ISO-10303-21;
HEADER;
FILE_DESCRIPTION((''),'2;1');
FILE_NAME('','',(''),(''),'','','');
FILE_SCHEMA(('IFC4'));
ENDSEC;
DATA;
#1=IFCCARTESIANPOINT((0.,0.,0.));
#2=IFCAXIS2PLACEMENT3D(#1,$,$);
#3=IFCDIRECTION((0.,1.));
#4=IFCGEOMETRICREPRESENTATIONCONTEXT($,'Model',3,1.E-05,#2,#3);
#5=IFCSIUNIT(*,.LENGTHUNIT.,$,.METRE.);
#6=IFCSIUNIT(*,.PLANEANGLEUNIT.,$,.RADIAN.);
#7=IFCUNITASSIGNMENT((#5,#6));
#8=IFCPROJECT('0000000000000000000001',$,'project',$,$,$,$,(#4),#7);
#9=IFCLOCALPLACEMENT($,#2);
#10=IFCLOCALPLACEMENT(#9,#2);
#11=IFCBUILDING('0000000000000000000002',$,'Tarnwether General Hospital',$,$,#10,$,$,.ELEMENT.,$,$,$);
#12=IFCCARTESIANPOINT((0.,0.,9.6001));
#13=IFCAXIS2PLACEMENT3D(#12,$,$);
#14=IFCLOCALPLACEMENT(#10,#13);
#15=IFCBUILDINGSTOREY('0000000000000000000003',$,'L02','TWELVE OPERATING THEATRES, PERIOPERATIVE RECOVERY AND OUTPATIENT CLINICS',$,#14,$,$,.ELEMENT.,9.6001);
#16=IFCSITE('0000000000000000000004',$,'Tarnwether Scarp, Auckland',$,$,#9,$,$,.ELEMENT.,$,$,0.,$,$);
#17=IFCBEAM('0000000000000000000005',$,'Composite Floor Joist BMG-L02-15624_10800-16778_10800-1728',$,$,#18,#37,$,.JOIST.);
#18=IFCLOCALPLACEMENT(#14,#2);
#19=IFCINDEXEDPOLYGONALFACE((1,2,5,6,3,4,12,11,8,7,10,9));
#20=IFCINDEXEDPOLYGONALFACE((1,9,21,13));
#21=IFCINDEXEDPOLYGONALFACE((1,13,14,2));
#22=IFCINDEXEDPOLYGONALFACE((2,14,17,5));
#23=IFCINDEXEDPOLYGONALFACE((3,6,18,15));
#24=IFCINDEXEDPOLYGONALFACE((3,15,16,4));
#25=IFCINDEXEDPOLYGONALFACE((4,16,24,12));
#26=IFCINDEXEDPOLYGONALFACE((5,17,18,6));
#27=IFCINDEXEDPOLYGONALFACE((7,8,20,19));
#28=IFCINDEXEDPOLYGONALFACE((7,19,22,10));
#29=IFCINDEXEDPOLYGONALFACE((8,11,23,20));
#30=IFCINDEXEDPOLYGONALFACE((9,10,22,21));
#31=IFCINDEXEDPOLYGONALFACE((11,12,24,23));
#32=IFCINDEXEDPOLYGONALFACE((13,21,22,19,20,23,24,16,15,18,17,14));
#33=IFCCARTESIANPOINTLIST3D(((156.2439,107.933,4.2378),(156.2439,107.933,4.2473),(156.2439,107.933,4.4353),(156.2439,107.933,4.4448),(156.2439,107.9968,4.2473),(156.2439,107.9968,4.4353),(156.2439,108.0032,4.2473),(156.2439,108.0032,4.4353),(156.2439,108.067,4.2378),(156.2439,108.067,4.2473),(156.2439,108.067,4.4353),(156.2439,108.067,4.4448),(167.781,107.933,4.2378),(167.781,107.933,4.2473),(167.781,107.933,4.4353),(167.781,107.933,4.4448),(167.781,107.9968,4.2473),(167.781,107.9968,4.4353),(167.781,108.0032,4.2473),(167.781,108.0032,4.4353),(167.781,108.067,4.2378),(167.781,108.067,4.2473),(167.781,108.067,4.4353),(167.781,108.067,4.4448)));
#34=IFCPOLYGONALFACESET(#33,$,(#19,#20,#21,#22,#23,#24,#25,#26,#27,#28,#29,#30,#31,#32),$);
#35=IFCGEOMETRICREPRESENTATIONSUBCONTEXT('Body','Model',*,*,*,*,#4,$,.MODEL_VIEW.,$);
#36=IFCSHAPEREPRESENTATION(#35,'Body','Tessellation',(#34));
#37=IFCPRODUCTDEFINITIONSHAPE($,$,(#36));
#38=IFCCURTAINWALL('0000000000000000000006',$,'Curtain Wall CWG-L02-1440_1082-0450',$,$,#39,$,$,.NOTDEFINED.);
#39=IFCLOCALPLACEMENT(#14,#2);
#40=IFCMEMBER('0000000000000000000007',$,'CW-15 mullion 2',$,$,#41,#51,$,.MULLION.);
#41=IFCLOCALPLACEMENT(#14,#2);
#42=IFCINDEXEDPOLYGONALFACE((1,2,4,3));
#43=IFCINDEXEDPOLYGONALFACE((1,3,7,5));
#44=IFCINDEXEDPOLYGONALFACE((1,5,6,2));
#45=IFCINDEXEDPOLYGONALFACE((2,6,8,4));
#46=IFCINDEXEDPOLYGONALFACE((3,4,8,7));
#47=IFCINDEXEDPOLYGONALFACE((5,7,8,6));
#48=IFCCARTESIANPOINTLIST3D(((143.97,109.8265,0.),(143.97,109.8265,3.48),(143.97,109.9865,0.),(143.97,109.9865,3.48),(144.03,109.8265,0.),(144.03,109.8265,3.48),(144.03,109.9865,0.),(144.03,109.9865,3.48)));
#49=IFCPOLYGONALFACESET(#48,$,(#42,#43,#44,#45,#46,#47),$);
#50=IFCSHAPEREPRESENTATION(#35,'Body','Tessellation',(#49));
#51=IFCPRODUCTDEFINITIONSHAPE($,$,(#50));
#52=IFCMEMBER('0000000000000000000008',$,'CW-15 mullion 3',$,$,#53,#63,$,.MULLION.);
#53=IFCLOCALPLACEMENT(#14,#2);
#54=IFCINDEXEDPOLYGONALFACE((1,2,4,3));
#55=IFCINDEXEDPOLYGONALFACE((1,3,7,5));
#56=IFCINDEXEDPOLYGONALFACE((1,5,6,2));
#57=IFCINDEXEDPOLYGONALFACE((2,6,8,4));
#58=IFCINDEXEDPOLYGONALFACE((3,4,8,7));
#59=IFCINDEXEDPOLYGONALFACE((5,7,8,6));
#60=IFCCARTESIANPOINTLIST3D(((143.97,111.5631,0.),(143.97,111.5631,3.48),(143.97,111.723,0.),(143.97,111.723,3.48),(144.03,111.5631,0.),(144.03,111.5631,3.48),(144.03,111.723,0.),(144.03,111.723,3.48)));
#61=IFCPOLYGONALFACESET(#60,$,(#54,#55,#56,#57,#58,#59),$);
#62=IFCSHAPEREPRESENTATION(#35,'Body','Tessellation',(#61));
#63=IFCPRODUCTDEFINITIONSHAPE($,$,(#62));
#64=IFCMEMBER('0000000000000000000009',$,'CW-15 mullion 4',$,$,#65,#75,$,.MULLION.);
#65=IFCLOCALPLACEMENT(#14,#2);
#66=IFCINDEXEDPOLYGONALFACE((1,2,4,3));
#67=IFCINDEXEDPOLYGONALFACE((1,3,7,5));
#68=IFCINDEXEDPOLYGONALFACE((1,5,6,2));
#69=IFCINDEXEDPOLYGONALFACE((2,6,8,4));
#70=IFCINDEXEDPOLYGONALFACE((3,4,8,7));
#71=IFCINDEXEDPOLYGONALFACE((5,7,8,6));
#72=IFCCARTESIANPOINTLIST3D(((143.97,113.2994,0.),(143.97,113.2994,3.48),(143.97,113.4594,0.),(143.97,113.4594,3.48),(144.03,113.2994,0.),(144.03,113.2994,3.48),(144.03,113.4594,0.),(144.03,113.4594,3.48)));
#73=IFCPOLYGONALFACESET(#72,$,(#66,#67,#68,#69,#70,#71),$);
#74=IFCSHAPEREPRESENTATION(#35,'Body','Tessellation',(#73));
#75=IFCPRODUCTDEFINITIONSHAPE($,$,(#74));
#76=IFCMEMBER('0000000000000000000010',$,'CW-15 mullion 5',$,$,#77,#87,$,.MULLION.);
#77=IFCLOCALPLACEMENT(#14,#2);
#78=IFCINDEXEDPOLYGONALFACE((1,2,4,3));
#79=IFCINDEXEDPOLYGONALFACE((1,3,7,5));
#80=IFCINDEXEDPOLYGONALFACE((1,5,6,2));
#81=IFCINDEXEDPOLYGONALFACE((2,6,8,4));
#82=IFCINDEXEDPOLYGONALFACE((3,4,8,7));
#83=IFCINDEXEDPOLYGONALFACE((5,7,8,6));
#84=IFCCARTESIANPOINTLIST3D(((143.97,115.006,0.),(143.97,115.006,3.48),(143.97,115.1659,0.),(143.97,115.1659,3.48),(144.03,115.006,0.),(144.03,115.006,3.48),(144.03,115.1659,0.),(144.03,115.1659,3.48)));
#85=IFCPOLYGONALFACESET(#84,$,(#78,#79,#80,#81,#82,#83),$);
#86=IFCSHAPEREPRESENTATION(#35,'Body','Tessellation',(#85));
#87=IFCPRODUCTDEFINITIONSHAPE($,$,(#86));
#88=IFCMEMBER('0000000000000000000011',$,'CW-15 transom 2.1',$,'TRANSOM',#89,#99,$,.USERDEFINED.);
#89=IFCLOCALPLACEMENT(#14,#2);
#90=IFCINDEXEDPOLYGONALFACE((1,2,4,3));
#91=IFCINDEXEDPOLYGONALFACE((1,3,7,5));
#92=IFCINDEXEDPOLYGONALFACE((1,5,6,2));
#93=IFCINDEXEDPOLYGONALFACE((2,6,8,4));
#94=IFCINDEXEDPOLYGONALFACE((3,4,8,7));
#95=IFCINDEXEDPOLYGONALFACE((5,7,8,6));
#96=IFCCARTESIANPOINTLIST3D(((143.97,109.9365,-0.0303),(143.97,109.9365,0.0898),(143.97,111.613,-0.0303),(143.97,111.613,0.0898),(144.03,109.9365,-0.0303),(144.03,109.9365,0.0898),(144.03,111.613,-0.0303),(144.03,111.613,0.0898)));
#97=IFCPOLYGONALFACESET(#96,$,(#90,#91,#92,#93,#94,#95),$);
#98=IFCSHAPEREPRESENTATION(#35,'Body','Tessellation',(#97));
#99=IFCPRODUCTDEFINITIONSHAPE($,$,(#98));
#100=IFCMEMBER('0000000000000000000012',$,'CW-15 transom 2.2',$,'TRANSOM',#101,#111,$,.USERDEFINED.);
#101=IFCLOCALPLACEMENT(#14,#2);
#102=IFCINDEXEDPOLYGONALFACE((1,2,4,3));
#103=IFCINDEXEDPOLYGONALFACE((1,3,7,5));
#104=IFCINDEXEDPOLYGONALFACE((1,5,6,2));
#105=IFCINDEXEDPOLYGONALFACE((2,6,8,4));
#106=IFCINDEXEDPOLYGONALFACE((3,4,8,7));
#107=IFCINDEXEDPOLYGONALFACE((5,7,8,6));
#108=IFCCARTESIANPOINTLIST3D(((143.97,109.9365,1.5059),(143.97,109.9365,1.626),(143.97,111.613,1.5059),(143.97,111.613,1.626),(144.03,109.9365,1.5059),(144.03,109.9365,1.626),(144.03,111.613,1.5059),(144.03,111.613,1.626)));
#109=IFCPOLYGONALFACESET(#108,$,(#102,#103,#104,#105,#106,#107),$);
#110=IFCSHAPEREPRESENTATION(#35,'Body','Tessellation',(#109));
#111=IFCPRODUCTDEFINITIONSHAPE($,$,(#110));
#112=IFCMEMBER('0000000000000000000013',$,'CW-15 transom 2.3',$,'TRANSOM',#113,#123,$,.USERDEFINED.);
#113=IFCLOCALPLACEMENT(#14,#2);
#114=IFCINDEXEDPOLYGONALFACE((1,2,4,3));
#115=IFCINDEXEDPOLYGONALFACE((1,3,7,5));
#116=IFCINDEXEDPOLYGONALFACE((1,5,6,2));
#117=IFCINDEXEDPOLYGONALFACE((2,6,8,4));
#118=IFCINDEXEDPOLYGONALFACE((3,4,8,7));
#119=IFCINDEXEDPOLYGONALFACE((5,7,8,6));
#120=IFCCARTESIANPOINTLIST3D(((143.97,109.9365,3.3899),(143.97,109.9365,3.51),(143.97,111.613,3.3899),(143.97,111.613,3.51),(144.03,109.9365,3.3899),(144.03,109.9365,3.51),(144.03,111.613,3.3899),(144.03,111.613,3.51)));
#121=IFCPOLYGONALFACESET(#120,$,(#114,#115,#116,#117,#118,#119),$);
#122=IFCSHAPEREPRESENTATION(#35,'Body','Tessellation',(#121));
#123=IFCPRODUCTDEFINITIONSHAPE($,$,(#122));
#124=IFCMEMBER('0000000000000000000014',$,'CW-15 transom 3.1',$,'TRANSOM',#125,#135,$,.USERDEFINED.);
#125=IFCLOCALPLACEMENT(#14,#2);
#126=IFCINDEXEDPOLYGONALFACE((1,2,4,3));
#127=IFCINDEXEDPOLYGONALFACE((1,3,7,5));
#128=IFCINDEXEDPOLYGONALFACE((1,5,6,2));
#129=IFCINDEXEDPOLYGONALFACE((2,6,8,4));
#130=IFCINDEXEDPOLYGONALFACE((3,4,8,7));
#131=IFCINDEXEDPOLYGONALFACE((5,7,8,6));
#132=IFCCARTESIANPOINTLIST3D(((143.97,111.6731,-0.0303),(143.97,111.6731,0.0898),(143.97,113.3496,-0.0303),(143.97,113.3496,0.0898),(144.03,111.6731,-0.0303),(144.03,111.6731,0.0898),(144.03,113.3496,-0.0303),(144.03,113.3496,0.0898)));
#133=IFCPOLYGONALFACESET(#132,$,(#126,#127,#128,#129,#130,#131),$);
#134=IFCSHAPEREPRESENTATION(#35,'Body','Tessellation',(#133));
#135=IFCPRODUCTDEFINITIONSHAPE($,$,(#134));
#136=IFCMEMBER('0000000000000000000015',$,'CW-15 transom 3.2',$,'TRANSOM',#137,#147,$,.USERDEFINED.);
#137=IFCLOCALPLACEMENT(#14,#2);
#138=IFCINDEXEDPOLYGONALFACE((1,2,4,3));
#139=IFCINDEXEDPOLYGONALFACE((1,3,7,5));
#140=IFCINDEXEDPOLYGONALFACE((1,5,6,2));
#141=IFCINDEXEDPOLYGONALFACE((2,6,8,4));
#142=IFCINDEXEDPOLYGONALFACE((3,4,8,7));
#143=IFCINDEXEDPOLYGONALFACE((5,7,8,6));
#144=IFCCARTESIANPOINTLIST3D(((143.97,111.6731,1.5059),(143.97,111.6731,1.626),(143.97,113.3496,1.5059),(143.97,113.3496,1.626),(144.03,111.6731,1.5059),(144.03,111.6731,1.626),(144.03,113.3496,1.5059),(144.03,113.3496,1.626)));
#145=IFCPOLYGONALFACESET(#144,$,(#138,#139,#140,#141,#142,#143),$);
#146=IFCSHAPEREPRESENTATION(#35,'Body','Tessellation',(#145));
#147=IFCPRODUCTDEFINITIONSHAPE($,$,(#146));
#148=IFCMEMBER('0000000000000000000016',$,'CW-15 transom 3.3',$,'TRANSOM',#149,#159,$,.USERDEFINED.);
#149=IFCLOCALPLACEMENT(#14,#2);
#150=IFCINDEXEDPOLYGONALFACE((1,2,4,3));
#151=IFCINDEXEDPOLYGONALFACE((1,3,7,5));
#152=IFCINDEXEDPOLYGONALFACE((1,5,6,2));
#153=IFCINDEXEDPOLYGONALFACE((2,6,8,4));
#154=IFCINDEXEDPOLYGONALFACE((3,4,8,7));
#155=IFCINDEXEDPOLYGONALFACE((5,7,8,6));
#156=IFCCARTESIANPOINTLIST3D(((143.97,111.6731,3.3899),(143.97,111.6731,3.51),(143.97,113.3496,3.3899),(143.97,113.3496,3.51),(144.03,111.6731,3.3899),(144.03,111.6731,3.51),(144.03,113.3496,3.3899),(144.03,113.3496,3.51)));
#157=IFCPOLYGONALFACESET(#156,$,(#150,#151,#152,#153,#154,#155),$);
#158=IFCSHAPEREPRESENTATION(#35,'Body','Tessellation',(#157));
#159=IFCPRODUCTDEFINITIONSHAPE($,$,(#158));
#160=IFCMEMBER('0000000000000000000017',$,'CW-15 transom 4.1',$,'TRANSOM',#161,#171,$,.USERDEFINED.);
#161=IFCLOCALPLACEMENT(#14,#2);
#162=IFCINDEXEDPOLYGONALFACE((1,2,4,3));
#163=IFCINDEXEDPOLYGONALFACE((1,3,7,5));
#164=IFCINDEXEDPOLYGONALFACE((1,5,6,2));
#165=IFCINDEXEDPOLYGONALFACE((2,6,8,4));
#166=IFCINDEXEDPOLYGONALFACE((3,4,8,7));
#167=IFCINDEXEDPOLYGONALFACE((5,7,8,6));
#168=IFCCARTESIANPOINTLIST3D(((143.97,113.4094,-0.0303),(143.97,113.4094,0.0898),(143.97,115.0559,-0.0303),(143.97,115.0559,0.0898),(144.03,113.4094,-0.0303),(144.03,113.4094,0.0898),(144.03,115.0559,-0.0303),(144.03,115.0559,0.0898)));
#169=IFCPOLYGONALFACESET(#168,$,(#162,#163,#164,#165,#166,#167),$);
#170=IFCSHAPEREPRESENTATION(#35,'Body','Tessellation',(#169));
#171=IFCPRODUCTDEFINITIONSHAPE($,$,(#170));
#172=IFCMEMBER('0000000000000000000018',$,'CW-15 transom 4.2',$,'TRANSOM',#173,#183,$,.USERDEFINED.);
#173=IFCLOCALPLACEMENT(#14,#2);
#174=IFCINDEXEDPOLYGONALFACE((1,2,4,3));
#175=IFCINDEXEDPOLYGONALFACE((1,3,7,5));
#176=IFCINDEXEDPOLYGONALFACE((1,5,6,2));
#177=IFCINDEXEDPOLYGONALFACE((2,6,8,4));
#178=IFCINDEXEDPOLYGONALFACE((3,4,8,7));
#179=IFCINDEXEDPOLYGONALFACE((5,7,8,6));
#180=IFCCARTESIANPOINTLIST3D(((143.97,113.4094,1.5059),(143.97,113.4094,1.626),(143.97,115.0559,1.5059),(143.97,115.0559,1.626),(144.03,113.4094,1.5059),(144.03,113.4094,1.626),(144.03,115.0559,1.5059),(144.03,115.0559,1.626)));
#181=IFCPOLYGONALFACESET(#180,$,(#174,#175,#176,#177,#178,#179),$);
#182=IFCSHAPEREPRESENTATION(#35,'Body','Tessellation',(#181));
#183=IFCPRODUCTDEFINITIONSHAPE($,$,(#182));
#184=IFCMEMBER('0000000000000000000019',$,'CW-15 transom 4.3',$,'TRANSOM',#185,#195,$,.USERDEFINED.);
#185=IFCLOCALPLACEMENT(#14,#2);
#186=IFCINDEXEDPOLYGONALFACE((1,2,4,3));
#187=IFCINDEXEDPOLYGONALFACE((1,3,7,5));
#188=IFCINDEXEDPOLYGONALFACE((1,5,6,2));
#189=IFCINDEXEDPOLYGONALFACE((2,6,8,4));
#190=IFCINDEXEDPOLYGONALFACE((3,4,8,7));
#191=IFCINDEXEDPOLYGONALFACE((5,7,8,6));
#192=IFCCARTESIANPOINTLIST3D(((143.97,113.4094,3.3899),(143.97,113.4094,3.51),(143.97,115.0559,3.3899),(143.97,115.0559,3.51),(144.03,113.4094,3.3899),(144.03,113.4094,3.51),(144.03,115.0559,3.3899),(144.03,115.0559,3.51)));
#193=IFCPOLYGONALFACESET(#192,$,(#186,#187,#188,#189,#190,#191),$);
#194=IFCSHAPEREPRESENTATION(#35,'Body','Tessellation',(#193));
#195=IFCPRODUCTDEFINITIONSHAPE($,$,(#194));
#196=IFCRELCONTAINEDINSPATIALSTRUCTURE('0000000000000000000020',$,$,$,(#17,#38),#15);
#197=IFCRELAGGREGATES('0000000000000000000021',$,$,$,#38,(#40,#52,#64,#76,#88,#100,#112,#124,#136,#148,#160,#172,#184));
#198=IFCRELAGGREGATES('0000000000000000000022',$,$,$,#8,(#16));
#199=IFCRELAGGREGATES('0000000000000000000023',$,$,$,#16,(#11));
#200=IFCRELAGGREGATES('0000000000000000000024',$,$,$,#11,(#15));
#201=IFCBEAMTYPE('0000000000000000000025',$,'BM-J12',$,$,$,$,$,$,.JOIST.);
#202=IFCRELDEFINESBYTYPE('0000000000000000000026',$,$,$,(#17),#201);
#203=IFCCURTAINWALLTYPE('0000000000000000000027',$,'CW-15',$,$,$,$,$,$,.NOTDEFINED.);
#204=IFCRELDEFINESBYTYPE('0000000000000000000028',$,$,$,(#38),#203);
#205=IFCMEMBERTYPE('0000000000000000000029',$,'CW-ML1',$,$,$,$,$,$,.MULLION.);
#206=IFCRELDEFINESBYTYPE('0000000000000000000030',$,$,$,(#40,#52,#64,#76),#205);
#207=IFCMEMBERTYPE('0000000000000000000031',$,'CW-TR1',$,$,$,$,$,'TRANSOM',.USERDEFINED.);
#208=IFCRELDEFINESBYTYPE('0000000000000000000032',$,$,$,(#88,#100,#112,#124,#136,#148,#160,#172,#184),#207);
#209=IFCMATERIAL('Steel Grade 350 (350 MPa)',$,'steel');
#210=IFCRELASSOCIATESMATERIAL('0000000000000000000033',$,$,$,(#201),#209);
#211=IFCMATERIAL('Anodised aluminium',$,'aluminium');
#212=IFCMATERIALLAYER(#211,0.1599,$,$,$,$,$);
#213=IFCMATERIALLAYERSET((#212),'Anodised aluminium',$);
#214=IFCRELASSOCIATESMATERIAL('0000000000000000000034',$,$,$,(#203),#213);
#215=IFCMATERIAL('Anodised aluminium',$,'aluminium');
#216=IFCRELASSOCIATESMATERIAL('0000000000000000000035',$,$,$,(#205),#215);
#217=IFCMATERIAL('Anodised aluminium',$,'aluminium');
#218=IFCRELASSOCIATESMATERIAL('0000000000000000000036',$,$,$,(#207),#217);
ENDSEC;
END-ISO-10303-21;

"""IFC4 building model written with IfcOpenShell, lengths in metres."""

from ifc_helpers import new_model, si_unit, direction, frame, origin, origin_2d, place, context, subcontext, project, spatial, rectangle, i_section, extrude, material, layer, layer_set, material_profile, profile_set, type_object, element, aggregate, save


model = new_model("IFC4")

# Units and contexts
model_context = context("Model", 3, precision=1e-05, world=origin(), true_north=direction((0.0, 1.0)))
body_context = subcontext(model_context, "Body", "Model", "MODEL_VIEW")
ifc_project = project(units=[si_unit("LENGTHUNIT", "METRE"), si_unit("PLANEANGLEUNIT", "RADIAN")], contexts=[model_context])

# Site, building, storey
site_placement = place(None, origin())
site = spatial("IfcSite", under=ifc_project, at=site_placement, Name="Tarnwether Scarp, Auckland", CompositionType="ELEMENT", RefElevation=0.0)
building_placement = place(site_placement, origin())
building = spatial("IfcBuilding", under=site, at=building_placement, Name="Tarnwether General Hospital", CompositionType="ELEMENT")
storey_placement = place(building_placement, frame((0.0, 0.0, 9.6001)))
storey = spatial("IfcBuildingStorey", under=building, at=storey_placement, Name="L02", Description="TWELVE OPERATING THEATRES, PERIOPERATIVE RECOVERY AND OUTPATIENT CLINICS", CompositionType="ELEMENT", Elevation=9.6001)

# Beam
ifc_material_1 = material(Name="Steel Grade 350 (350 MPa)", Category="steel")
ifc_material_profile_1 = material_profile(ifc_material_1, i_section(OverallWidth=0.134, OverallDepth=0.207, WebThickness=0.0063, FlangeThickness=0.0095, at=origin_2d()), Name="200UB29.8")
ifc_profile_set_1 = profile_set([ifc_material_profile_1], Name="Steel Grade 350 (350 MPa)")
beam_type_1 = type_object("IfcBeamType", Name="BM-J12", PredefinedType="JOIST", material=ifc_profile_set_1)
beam_1_placement = place(storey_placement, frame((156.2439, 108.0, 4.3413), z_axis=(1.0, 0.0, 0.0), x_axis=(0.0, 1.0, 0.0)))
element("IfcBeam", 1, at=beam_1_placement, inside=storey, type_object=beam_type_1, Name="Composite Floor Joist BMG-L02-15624_10800-16778_10800-1728", PredefinedType="JOIST", context=body_context, shape_type="SweptSolid", body=[
    extrude(i_section(OverallWidth=0.134, OverallDepth=0.207, WebThickness=0.0063, FlangeThickness=0.0095, at=origin_2d()), origin(), (0.0, 0.0, 1.0), 11.5371),
])

# Curtain wall, members
ifc_material_2 = material(Name="Anodised aluminium", Category="aluminium")
ifc_layer_1 = layer(ifc_material_2, 0.1599)
ifc_layer_set_1 = layer_set([ifc_layer_1], Name="Anodised aluminium")
curtain_wall_type = type_object("IfcCurtainWallType", Name="CW-15", PredefinedType="NOTDEFINED", material=ifc_layer_set_1)
curtain_wall_placement = place(storey_placement, origin())
curtain_wall = element("IfcCurtainWall", 2, at=curtain_wall_placement, inside=storey, type_object=curtain_wall_type, Name="Curtain Wall CWG-L02-1440_1082-0450", PredefinedType="NOTDEFINED")
ifc_material_3 = material(Name="Anodised aluminium", Category="aluminium")
ifc_material_profile_2 = material_profile(ifc_material_3, rectangle(XDim=0.0601, YDim=0.1599, at=origin_2d()), Name="ALU-MUL-60x160")
ifc_profile_set_2 = profile_set([ifc_material_profile_2], Name="Anodised aluminium")
member_type_1 = type_object("IfcMemberType", Name="CW-ML1", PredefinedType="MULLION", material=ifc_profile_set_2)
member_1_placement = place(storey_placement, frame((144.0, 109.9065, 0.0), z_axis=(0.0, 0.0, 1.0), x_axis=(-1.0, 0.0, 0.0)))
member_1 = element("IfcMember", 3, at=member_1_placement, type_object=member_type_1, Name="CW-15 mullion 2", PredefinedType="MULLION", context=body_context, shape_type="SweptSolid", body=[
    extrude(rectangle(XDim=0.0601, YDim=0.1599, at=origin_2d()), origin(), (0.0, 0.0, 1.0), 3.48),
])
member_2_placement = place(storey_placement, frame((144.0, 111.6431, 0.0), z_axis=(0.0, 0.0, 1.0), x_axis=(-1.0, 0.0, 0.0)))
member_2 = element("IfcMember", 4, at=member_2_placement, type_object=member_type_1, Name="CW-15 mullion 3", PredefinedType="MULLION", context=body_context, shape_type="SweptSolid", body=[
    extrude(rectangle(XDim=0.0601, YDim=0.1599, at=origin_2d()), origin(), (0.0, 0.0, 1.0), 3.48),
])
member_3_placement = place(storey_placement, frame((144.0, 113.3794, 0.0), z_axis=(0.0, 0.0, 1.0), x_axis=(-1.0, 0.0, 0.0)))
member_3 = element("IfcMember", 5, at=member_3_placement, type_object=member_type_1, Name="CW-15 mullion 4", PredefinedType="MULLION", context=body_context, shape_type="SweptSolid", body=[
    extrude(rectangle(XDim=0.0601, YDim=0.1599, at=origin_2d()), origin(), (0.0, 0.0, 1.0), 3.48),
])
member_4_placement = place(storey_placement, frame((144.0, 115.0859, 0.0), z_axis=(0.0, 0.0, 1.0), x_axis=(-1.0, 0.0, 0.0)))
member_4 = element("IfcMember", 6, at=member_4_placement, type_object=member_type_1, Name="CW-15 mullion 5", PredefinedType="MULLION", context=body_context, shape_type="SweptSolid", body=[
    extrude(rectangle(XDim=0.0601, YDim=0.1599, at=origin_2d()), origin(), (0.0, 0.0, 1.0), 3.48),
])
ifc_material_4 = material(Name="Anodised aluminium", Category="aluminium")
ifc_material_profile_3 = material_profile(ifc_material_4, rectangle(XDim=0.0601, YDim=0.1201, at=origin_2d()), Name="ALU-TRN-60x120")
ifc_profile_set_3 = profile_set([ifc_material_profile_3], Name="Anodised aluminium")
member_type_2 = type_object("IfcMemberType", Name="CW-TR1", ElementType="TRANSOM", PredefinedType="USERDEFINED", material=ifc_profile_set_3)
member_5_placement = place(storey_placement, frame((144.0, 109.9365, 0.0298), z_axis=(0.0, 1.0, 0.0), x_axis=(-1.0, 0.0, 0.0)))
member_5 = element("IfcMember", 7, at=member_5_placement, type_object=member_type_2, Name="CW-15 transom 2.1", ObjectType="TRANSOM", PredefinedType="USERDEFINED", context=body_context, shape_type="SweptSolid", body=[
    extrude(rectangle(XDim=0.0601, YDim=0.1201, at=origin_2d()), origin(), (0.0, 0.0, 1.0), 1.6765),
])
member_6_placement = place(storey_placement, frame((144.0, 109.9365, 1.5659), z_axis=(0.0, 1.0, 0.0), x_axis=(-1.0, 0.0, 0.0)))
member_6 = element("IfcMember", 8, at=member_6_placement, type_object=member_type_2, Name="CW-15 transom 2.2", ObjectType="TRANSOM", PredefinedType="USERDEFINED", context=body_context, shape_type="SweptSolid", body=[
    extrude(rectangle(XDim=0.0601, YDim=0.1201, at=origin_2d()), origin(), (0.0, 0.0, 1.0), 1.6765),
])
member_7_placement = place(storey_placement, frame((144.0, 109.9365, 3.45), z_axis=(0.0, 1.0, 0.0), x_axis=(-1.0, 0.0, 0.0)))
member_7 = element("IfcMember", 9, at=member_7_placement, type_object=member_type_2, Name="CW-15 transom 2.3", ObjectType="TRANSOM", PredefinedType="USERDEFINED", context=body_context, shape_type="SweptSolid", body=[
    extrude(rectangle(XDim=0.0601, YDim=0.1201, at=origin_2d()), origin(), (0.0, 0.0, 1.0), 1.6765),
])
member_8_placement = place(storey_placement, frame((144.0, 111.6731, 0.0298), z_axis=(0.0, 1.0, 0.0), x_axis=(-1.0, 0.0, 0.0)))
member_8 = element("IfcMember", 10, at=member_8_placement, type_object=member_type_2, Name="CW-15 transom 3.1", ObjectType="TRANSOM", PredefinedType="USERDEFINED", context=body_context, shape_type="SweptSolid", body=[
    extrude(rectangle(XDim=0.0601, YDim=0.1201, at=origin_2d()), origin(), (0.0, 0.0, 1.0), 1.6765),
])
member_9_placement = place(storey_placement, frame((144.0, 111.6731, 1.5659), z_axis=(0.0, 1.0, 0.0), x_axis=(-1.0, 0.0, 0.0)))
member_9 = element("IfcMember", 11, at=member_9_placement, type_object=member_type_2, Name="CW-15 transom 3.2", ObjectType="TRANSOM", PredefinedType="USERDEFINED", context=body_context, shape_type="SweptSolid", body=[
    extrude(rectangle(XDim=0.0601, YDim=0.1201, at=origin_2d()), origin(), (0.0, 0.0, 1.0), 1.6765),
])
member_10_placement = place(storey_placement, frame((144.0, 111.6731, 3.45), z_axis=(0.0, 1.0, 0.0), x_axis=(-1.0, 0.0, 0.0)))
member_10 = element("IfcMember", 12, at=member_10_placement, type_object=member_type_2, Name="CW-15 transom 3.3", ObjectType="TRANSOM", PredefinedType="USERDEFINED", context=body_context, shape_type="SweptSolid", body=[
    extrude(rectangle(XDim=0.0601, YDim=0.1201, at=origin_2d()), origin(), (0.0, 0.0, 1.0), 1.6765),
])
member_11_placement = place(storey_placement, frame((144.0, 113.4094, 0.0298), z_axis=(0.0, 1.0, 0.0), x_axis=(-1.0, 0.0, 0.0)))
member_11 = element("IfcMember", 13, at=member_11_placement, type_object=member_type_2, Name="CW-15 transom 4.1", ObjectType="TRANSOM", PredefinedType="USERDEFINED", context=body_context, shape_type="SweptSolid", body=[
    extrude(rectangle(XDim=0.0601, YDim=0.1201, at=origin_2d()), origin(), (0.0, 0.0, 1.0), 1.6465),
])
member_12_placement = place(storey_placement, frame((144.0, 113.4094, 1.5659), z_axis=(0.0, 1.0, 0.0), x_axis=(-1.0, 0.0, 0.0)))
member_12 = element("IfcMember", 14, at=member_12_placement, type_object=member_type_2, Name="CW-15 transom 4.2", ObjectType="TRANSOM", PredefinedType="USERDEFINED", context=body_context, shape_type="SweptSolid", body=[
    extrude(rectangle(XDim=0.0601, YDim=0.1201, at=origin_2d()), origin(), (0.0, 0.0, 1.0), 1.6465),
])
member_13_placement = place(storey_placement, frame((144.0, 113.4094, 3.45), z_axis=(0.0, 1.0, 0.0), x_axis=(-1.0, 0.0, 0.0)))
member_13 = element("IfcMember", 15, at=member_13_placement, type_object=member_type_2, Name="CW-15 transom 4.3", ObjectType="TRANSOM", PredefinedType="USERDEFINED", context=body_context, shape_type="SweptSolid", body=[
    extrude(rectangle(XDim=0.0601, YDim=0.1201, at=origin_2d()), origin(), (0.0, 0.0, 1.0), 1.6465),
])
aggregate(curtain_wall, [member_1, member_2, member_3, member_4, member_5, member_6, member_7, member_8, member_9, member_10, member_11, member_12, member_13])

save(model, "model.ifc")
